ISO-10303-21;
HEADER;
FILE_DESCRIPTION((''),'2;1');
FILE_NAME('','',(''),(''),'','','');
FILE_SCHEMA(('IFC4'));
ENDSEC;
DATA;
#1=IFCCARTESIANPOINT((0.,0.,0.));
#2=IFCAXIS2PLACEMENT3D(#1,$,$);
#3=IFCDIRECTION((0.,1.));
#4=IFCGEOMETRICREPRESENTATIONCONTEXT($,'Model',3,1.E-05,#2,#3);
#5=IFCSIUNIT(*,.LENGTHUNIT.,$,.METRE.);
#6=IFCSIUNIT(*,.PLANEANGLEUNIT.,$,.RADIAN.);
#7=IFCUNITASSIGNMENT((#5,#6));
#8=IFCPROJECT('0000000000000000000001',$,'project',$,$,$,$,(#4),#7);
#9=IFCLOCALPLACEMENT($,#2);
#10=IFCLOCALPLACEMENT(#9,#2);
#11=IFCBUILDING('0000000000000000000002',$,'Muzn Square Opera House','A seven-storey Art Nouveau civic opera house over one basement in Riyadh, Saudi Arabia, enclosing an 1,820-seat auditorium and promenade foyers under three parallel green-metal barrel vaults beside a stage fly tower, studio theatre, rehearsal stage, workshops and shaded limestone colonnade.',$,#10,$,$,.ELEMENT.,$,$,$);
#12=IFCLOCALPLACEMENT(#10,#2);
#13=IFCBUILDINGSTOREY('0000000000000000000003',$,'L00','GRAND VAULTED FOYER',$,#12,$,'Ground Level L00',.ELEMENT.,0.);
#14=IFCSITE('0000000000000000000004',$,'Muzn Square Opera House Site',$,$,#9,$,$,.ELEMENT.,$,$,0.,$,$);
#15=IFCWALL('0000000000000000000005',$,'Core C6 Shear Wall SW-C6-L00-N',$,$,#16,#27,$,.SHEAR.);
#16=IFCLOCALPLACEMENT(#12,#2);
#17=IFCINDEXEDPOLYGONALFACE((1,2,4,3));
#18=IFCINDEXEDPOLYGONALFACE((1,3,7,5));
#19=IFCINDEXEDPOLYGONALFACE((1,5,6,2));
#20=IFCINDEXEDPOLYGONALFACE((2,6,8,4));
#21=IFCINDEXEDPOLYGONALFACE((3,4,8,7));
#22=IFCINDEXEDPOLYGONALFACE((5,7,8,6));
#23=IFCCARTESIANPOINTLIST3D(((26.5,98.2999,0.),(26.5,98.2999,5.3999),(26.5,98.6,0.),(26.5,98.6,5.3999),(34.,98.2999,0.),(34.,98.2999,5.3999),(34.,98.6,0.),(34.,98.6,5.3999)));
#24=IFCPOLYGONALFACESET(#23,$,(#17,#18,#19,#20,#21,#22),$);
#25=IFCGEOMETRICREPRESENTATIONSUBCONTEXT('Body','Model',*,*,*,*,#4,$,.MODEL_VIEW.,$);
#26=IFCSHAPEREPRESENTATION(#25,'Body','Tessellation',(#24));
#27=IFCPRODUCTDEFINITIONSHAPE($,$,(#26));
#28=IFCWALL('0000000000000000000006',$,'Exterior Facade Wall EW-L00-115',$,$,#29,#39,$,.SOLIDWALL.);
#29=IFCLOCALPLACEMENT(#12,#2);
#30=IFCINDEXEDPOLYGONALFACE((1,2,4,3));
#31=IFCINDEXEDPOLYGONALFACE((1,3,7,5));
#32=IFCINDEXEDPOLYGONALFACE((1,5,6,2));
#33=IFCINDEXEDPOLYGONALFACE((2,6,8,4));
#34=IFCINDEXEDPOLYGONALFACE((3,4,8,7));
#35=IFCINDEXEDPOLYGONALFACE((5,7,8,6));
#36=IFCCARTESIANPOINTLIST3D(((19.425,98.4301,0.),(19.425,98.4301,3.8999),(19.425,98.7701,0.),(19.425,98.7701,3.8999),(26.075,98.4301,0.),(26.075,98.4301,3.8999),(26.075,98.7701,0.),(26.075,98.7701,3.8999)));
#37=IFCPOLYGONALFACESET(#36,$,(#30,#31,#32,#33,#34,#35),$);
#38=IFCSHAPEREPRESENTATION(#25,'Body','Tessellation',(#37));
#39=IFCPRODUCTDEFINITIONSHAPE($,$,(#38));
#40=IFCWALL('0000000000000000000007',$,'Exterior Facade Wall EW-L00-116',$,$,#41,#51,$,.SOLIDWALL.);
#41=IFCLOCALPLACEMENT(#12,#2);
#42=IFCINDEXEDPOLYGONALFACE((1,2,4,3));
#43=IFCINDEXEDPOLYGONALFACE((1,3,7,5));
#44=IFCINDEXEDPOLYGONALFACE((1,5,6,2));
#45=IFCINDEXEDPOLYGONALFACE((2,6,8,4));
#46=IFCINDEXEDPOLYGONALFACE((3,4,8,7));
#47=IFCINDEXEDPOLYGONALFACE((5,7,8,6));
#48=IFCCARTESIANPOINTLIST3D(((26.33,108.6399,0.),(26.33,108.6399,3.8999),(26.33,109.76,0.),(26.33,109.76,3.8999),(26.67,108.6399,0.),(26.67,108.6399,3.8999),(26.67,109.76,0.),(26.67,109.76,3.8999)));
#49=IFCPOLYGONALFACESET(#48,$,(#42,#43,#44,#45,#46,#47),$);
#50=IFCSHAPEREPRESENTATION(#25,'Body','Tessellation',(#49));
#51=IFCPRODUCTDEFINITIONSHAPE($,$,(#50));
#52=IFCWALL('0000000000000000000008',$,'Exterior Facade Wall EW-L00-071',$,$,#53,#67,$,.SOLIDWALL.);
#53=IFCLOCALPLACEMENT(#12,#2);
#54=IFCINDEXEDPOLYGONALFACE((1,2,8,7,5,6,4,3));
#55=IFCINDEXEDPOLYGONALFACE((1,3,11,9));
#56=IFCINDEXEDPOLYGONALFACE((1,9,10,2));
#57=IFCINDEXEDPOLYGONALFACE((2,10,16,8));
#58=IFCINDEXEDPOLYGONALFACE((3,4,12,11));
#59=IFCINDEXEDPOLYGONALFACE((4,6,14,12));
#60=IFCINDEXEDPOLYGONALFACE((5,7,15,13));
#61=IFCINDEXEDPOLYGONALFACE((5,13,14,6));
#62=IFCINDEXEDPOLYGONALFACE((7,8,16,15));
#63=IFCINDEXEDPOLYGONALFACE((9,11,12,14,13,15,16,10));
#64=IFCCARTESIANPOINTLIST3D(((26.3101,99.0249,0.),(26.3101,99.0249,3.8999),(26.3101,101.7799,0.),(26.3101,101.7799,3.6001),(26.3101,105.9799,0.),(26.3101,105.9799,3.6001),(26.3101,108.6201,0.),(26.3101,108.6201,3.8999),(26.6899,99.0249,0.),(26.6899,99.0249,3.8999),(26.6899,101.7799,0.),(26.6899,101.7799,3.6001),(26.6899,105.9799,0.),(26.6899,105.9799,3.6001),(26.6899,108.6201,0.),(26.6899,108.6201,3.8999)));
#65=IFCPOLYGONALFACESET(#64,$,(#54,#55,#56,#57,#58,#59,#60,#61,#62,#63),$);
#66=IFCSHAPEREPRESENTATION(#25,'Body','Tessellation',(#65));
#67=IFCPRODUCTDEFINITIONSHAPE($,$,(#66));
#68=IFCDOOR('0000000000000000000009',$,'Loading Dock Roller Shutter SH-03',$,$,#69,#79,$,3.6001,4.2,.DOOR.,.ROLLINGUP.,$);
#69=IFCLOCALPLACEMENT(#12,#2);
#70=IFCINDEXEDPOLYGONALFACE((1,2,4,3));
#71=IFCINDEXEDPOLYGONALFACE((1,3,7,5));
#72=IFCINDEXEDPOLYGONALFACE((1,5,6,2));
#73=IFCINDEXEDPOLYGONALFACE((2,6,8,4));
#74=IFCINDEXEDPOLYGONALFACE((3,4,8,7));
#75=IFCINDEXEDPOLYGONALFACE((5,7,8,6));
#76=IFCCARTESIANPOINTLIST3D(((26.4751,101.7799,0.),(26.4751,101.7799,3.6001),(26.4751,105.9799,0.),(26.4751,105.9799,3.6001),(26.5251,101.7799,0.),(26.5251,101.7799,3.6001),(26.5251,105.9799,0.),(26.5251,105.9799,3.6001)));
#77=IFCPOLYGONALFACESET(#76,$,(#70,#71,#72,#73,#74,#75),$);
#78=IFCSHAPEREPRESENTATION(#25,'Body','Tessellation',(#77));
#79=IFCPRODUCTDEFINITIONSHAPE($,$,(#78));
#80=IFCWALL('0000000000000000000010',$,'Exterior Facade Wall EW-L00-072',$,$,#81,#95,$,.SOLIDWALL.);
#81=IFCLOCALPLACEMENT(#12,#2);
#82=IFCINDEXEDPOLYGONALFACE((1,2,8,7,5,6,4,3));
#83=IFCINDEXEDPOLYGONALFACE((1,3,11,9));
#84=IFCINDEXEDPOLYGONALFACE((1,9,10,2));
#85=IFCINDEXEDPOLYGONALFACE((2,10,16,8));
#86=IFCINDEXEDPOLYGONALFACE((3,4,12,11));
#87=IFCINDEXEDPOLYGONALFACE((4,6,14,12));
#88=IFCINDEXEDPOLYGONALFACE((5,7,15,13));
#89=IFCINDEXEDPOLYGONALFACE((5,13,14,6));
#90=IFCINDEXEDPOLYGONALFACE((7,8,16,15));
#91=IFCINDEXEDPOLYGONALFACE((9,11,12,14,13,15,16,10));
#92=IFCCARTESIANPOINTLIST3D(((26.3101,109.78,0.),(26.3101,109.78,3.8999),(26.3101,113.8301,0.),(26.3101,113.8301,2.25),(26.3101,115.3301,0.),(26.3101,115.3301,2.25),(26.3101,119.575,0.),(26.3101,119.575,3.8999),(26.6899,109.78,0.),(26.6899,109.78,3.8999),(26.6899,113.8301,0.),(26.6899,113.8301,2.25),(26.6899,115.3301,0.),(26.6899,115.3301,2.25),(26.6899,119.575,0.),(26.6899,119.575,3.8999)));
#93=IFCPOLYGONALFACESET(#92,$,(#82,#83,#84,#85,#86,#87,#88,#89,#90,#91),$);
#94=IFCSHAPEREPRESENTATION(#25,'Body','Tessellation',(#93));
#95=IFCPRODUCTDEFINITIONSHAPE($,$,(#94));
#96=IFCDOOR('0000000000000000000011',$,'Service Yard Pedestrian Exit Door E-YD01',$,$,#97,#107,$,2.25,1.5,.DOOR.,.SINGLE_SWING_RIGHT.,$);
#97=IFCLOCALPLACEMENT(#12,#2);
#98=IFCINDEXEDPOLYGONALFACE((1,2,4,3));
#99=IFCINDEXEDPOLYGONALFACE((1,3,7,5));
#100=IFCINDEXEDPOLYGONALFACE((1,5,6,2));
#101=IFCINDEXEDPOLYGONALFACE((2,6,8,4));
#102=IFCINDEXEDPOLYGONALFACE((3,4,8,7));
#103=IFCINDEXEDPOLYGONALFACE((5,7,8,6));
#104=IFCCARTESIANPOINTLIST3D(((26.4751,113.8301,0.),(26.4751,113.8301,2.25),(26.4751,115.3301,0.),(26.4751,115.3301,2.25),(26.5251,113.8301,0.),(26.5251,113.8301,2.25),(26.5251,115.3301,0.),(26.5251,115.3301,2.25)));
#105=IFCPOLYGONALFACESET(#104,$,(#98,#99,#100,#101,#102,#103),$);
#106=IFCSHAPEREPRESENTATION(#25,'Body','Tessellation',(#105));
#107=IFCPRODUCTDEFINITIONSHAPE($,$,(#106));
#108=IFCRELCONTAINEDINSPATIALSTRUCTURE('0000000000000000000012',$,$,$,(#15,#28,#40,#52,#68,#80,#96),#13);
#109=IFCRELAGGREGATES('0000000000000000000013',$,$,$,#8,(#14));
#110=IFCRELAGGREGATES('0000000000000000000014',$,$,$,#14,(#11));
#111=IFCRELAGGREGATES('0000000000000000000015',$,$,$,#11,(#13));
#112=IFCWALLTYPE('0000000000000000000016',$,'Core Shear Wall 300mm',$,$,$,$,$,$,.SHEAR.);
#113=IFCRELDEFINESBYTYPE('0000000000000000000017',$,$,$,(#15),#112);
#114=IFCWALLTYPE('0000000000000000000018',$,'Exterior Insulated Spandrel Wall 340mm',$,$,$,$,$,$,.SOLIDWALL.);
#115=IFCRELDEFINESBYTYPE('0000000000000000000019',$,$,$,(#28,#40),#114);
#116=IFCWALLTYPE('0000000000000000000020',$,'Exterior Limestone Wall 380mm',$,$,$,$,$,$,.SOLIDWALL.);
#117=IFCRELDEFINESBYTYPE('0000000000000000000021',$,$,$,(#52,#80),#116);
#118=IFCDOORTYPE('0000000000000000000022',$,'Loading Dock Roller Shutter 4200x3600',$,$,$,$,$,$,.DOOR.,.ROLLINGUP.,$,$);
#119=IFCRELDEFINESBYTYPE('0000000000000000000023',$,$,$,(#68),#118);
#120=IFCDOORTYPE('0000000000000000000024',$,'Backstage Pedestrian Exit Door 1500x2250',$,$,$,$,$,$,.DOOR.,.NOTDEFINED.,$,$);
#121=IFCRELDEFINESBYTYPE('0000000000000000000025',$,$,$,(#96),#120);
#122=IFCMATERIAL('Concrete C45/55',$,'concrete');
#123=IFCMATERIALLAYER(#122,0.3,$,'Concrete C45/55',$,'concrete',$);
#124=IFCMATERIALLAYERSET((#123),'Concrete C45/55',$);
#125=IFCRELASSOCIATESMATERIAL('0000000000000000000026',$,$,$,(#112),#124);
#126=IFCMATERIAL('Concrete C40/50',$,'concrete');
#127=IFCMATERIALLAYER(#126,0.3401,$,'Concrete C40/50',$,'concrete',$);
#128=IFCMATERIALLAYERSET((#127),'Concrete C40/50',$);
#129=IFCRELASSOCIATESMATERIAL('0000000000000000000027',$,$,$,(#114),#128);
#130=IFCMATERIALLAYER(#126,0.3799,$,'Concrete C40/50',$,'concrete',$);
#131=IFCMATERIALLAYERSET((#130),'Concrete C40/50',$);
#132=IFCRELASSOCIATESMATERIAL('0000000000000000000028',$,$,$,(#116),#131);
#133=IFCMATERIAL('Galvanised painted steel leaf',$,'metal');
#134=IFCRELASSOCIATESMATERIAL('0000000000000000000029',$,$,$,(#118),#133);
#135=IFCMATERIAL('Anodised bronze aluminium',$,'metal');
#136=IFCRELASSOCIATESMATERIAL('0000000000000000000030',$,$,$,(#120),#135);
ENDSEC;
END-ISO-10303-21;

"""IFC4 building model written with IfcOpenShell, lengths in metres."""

from ifc_helpers import new_model, si_unit, direction, frame, frame_2d, origin, place, context, subcontext, project, spatial, rectangle, extrude, material, layer, layer_set, type_object, element, fill, save


model = new_model("IFC4")

# Units and contexts
model_context = context("Model", 3, precision=1e-05, world=origin(), true_north=direction((0.0, 1.0)))
body_context = subcontext(model_context, "Body", "Model", "MODEL_VIEW")
ifc_project = project(units=[si_unit("LENGTHUNIT", "METRE"), si_unit("PLANEANGLEUNIT", "RADIAN")], contexts=[model_context])

# Site, building, storey
site_placement = place(None, origin())
site = spatial("IfcSite", under=ifc_project, at=site_placement, Name="Muzn Square Opera House Site", CompositionType="ELEMENT", RefElevation=0.0)
building_placement = place(site_placement, origin())
building = spatial("IfcBuilding", under=site, at=building_placement, Name="Muzn Square Opera House", Description="A seven-storey Art Nouveau civic opera house over one basement in Riyadh, Saudi Arabia, enclosing an 1,820-seat auditorium and promenade foyers under three parallel green-metal barrel vaults beside a stage fly tower, studio theatre, rehearsal stage, workshops and shaded limestone colonnade.", CompositionType="ELEMENT")
storey_placement = place(building_placement, origin())
storey = spatial("IfcBuildingStorey", under=building, at=storey_placement, Name="L00", Description="GRAND VAULTED FOYER", LongName="Ground Level L00", CompositionType="ELEMENT", Elevation=0.0)

# Shared definitions
ifc_material_1 = material(Name="Concrete C45/55", Category="concrete")

# Shared definitions
ifc_material_2 = material(Name="Concrete C40/50", Category="concrete")

# Walls
ifc_layer_1 = layer(ifc_material_1, 0.3, Name="Concrete C45/55", Category="concrete")
ifc_layer_set_1 = layer_set([ifc_layer_1], Name="Concrete C45/55")
wall_type_1 = type_object("IfcWallType", Name="Core Shear Wall 300mm", PredefinedType="SHEAR", material=ifc_layer_set_1)
wall_1_placement = place(storey_placement, frame((26.5, 98.45, 0.0), z_axis=(0.0, 0.0, 1.0), x_axis=(1.0, 0.0, 0.0)))
element("IfcWall", 1, at=wall_1_placement, inside=storey, type_object=wall_type_1, Name="Core C6 Shear Wall SW-C6-L00-N", PredefinedType="SHEAR", context=body_context, shape_type="SweptSolid", body=[
    extrude(rectangle(XDim=7.5, YDim=0.3, at=frame_2d((3.75, 0.0))), origin(), (0.0, 0.0, 1.0), 5.3999),
])
ifc_layer_2 = layer(ifc_material_2, 0.3401, Name="Concrete C40/50", Category="concrete")
ifc_layer_set_2 = layer_set([ifc_layer_2], Name="Concrete C40/50")
wall_type_2 = type_object("IfcWallType", Name="Exterior Insulated Spandrel Wall 340mm", PredefinedType="SOLIDWALL", material=ifc_layer_set_2)
wall_2_placement = place(storey_placement, frame((19.425, 98.6001, 0.0), z_axis=(0.0, 0.0, 1.0), x_axis=(1.0, 0.0, 0.0)))
element("IfcWall", 2, at=wall_2_placement, inside=storey, type_object=wall_type_2, Name="Exterior Facade Wall EW-L00-115", PredefinedType="SOLIDWALL", context=body_context, shape_type="SweptSolid", body=[
    extrude(rectangle(XDim=6.6499, YDim=0.3401, at=frame_2d((3.325, 0.0))), origin(), (0.0, 0.0, 1.0), 3.8999),
])
wall_3_placement = place(storey_placement, frame((26.5, 108.6399, 0.0), z_axis=(0.0, 0.0, 1.0), x_axis=(0.0, 1.0, 0.0)))
element("IfcWall", 3, at=wall_3_placement, inside=storey, type_object=wall_type_2, Name="Exterior Facade Wall EW-L00-116", PredefinedType="SOLIDWALL", context=body_context, shape_type="SweptSolid", body=[
    extrude(rectangle(XDim=1.1201, YDim=0.3401, at=frame_2d((0.5601, 0.0))), origin(), (0.0, 0.0, 1.0), 3.8999),
])

# Walls, openings, doors
ifc_layer_3 = layer(ifc_material_2, 0.3799, Name="Concrete C40/50", Category="concrete")
ifc_layer_set_3 = layer_set([ifc_layer_3], Name="Concrete C40/50")
wall_type_3 = type_object("IfcWallType", Name="Exterior Limestone Wall 380mm", PredefinedType="SOLIDWALL", material=ifc_layer_set_3)
wall_4_placement = place(storey_placement, frame((26.5, 99.0249, 0.0), z_axis=(0.0, 0.0, 1.0), x_axis=(0.0, 1.0, 0.0)))
wall_4 = element("IfcWall", 4, at=wall_4_placement, inside=storey, type_object=wall_type_3, Name="Exterior Facade Wall EW-L00-071", PredefinedType="SOLIDWALL", context=body_context, shape_type="SweptSolid", body=[
    extrude(rectangle(XDim=9.5952, YDim=0.3799, at=frame_2d((4.7976, 0.0))), origin(), (0.0, 0.0, 1.0), 3.8999),
])
opening_1_placement = place(wall_4_placement, frame((2.7549, 0.0, 0.0)))
opening_1 = element("IfcOpeningElement", 5, at=opening_1_placement, cuts=wall_4, PredefinedType="OPENING", context=body_context, shape_type="SweptSolid", body=[
    extrude(rectangle(XDim=4.2, YDim=3.6001, at=frame_2d((2.1001, 1.8))), frame((0.0, 0.2, 0.0), z_axis=(0.0, -1.0, 0.0), x_axis=(1.0, 0.0, 0.0)), (0.0, 0.0, 1.0), 0.3999),
])
ifc_material_3 = material(Name="Galvanised painted steel leaf", Category="metal")
door_type_1 = type_object("IfcDoorType", Name="Loading Dock Roller Shutter 4200x3600", OperationType="ROLLINGUP", PredefinedType="DOOR", material=ifc_material_3)
door_1_placement = place(opening_1_placement, origin())
door_1 = element("IfcDoor", 6, at=door_1_placement, inside=storey, type_object=door_type_1, Name="Loading Dock Roller Shutter SH-03", OperationType="ROLLINGUP", OverallHeight=3.6001, OverallWidth=4.2, PredefinedType="DOOR", context=body_context, shape_type="SweptSolid", body=[
    extrude(rectangle(XDim=4.2, YDim=3.6001, at=frame_2d((2.1001, 1.8))), frame((0.0, 0.0249, 0.0), z_axis=(0.0, -1.0, 0.0), x_axis=(1.0, 0.0, 0.0)), (0.0, 0.0, 1.0), 0.05),
])
fill(opening_1, door_1)
wall_5_placement = place(storey_placement, frame((26.5, 109.78, 0.0), z_axis=(0.0, 0.0, 1.0), x_axis=(0.0, 1.0, 0.0)))
wall_5 = element("IfcWall", 7, at=wall_5_placement, inside=storey, type_object=wall_type_3, Name="Exterior Facade Wall EW-L00-072", PredefinedType="SOLIDWALL", context=body_context, shape_type="SweptSolid", body=[
    extrude(rectangle(XDim=9.7949, YDim=0.3799, at=frame_2d((4.8975, 0.0))), origin(), (0.0, 0.0, 1.0), 3.8999),
])
opening_2_placement = place(wall_5_placement, frame((4.05, 0.0, 0.0)))
opening_2 = element("IfcOpeningElement", 8, at=opening_2_placement, cuts=wall_5, PredefinedType="OPENING", context=body_context, shape_type="SweptSolid", body=[
    extrude(rectangle(XDim=1.5, YDim=2.25, at=frame_2d((0.75, 1.125))), frame((0.0, 0.2, 0.0), z_axis=(0.0, -1.0, 0.0), x_axis=(1.0, 0.0, 0.0)), (0.0, 0.0, 1.0), 0.3999),
])
ifc_material_4 = material(Name="Anodised bronze aluminium", Category="metal")
door_type_2 = type_object("IfcDoorType", Name="Backstage Pedestrian Exit Door 1500x2250", OperationType="NOTDEFINED", PredefinedType="DOOR", material=ifc_material_4)
door_2_placement = place(opening_2_placement, origin())
door_2 = element("IfcDoor", 9, at=door_2_placement, inside=storey, type_object=door_type_2, Name="Service Yard Pedestrian Exit Door E-YD01", OperationType="SINGLE_SWING_RIGHT", OverallHeight=2.25, OverallWidth=1.5, PredefinedType="DOOR", context=body_context, shape_type="SweptSolid", body=[
    extrude(rectangle(XDim=1.5, YDim=2.25, at=frame_2d((0.75, 1.125))), frame((0.0, 0.0249, 0.0), z_axis=(0.0, -1.0, 0.0), x_axis=(1.0, 0.0, 0.0)), (0.0, 0.0, 1.0), 0.05),
])
fill(opening_2, door_2)

save(model, "model.ifc")
